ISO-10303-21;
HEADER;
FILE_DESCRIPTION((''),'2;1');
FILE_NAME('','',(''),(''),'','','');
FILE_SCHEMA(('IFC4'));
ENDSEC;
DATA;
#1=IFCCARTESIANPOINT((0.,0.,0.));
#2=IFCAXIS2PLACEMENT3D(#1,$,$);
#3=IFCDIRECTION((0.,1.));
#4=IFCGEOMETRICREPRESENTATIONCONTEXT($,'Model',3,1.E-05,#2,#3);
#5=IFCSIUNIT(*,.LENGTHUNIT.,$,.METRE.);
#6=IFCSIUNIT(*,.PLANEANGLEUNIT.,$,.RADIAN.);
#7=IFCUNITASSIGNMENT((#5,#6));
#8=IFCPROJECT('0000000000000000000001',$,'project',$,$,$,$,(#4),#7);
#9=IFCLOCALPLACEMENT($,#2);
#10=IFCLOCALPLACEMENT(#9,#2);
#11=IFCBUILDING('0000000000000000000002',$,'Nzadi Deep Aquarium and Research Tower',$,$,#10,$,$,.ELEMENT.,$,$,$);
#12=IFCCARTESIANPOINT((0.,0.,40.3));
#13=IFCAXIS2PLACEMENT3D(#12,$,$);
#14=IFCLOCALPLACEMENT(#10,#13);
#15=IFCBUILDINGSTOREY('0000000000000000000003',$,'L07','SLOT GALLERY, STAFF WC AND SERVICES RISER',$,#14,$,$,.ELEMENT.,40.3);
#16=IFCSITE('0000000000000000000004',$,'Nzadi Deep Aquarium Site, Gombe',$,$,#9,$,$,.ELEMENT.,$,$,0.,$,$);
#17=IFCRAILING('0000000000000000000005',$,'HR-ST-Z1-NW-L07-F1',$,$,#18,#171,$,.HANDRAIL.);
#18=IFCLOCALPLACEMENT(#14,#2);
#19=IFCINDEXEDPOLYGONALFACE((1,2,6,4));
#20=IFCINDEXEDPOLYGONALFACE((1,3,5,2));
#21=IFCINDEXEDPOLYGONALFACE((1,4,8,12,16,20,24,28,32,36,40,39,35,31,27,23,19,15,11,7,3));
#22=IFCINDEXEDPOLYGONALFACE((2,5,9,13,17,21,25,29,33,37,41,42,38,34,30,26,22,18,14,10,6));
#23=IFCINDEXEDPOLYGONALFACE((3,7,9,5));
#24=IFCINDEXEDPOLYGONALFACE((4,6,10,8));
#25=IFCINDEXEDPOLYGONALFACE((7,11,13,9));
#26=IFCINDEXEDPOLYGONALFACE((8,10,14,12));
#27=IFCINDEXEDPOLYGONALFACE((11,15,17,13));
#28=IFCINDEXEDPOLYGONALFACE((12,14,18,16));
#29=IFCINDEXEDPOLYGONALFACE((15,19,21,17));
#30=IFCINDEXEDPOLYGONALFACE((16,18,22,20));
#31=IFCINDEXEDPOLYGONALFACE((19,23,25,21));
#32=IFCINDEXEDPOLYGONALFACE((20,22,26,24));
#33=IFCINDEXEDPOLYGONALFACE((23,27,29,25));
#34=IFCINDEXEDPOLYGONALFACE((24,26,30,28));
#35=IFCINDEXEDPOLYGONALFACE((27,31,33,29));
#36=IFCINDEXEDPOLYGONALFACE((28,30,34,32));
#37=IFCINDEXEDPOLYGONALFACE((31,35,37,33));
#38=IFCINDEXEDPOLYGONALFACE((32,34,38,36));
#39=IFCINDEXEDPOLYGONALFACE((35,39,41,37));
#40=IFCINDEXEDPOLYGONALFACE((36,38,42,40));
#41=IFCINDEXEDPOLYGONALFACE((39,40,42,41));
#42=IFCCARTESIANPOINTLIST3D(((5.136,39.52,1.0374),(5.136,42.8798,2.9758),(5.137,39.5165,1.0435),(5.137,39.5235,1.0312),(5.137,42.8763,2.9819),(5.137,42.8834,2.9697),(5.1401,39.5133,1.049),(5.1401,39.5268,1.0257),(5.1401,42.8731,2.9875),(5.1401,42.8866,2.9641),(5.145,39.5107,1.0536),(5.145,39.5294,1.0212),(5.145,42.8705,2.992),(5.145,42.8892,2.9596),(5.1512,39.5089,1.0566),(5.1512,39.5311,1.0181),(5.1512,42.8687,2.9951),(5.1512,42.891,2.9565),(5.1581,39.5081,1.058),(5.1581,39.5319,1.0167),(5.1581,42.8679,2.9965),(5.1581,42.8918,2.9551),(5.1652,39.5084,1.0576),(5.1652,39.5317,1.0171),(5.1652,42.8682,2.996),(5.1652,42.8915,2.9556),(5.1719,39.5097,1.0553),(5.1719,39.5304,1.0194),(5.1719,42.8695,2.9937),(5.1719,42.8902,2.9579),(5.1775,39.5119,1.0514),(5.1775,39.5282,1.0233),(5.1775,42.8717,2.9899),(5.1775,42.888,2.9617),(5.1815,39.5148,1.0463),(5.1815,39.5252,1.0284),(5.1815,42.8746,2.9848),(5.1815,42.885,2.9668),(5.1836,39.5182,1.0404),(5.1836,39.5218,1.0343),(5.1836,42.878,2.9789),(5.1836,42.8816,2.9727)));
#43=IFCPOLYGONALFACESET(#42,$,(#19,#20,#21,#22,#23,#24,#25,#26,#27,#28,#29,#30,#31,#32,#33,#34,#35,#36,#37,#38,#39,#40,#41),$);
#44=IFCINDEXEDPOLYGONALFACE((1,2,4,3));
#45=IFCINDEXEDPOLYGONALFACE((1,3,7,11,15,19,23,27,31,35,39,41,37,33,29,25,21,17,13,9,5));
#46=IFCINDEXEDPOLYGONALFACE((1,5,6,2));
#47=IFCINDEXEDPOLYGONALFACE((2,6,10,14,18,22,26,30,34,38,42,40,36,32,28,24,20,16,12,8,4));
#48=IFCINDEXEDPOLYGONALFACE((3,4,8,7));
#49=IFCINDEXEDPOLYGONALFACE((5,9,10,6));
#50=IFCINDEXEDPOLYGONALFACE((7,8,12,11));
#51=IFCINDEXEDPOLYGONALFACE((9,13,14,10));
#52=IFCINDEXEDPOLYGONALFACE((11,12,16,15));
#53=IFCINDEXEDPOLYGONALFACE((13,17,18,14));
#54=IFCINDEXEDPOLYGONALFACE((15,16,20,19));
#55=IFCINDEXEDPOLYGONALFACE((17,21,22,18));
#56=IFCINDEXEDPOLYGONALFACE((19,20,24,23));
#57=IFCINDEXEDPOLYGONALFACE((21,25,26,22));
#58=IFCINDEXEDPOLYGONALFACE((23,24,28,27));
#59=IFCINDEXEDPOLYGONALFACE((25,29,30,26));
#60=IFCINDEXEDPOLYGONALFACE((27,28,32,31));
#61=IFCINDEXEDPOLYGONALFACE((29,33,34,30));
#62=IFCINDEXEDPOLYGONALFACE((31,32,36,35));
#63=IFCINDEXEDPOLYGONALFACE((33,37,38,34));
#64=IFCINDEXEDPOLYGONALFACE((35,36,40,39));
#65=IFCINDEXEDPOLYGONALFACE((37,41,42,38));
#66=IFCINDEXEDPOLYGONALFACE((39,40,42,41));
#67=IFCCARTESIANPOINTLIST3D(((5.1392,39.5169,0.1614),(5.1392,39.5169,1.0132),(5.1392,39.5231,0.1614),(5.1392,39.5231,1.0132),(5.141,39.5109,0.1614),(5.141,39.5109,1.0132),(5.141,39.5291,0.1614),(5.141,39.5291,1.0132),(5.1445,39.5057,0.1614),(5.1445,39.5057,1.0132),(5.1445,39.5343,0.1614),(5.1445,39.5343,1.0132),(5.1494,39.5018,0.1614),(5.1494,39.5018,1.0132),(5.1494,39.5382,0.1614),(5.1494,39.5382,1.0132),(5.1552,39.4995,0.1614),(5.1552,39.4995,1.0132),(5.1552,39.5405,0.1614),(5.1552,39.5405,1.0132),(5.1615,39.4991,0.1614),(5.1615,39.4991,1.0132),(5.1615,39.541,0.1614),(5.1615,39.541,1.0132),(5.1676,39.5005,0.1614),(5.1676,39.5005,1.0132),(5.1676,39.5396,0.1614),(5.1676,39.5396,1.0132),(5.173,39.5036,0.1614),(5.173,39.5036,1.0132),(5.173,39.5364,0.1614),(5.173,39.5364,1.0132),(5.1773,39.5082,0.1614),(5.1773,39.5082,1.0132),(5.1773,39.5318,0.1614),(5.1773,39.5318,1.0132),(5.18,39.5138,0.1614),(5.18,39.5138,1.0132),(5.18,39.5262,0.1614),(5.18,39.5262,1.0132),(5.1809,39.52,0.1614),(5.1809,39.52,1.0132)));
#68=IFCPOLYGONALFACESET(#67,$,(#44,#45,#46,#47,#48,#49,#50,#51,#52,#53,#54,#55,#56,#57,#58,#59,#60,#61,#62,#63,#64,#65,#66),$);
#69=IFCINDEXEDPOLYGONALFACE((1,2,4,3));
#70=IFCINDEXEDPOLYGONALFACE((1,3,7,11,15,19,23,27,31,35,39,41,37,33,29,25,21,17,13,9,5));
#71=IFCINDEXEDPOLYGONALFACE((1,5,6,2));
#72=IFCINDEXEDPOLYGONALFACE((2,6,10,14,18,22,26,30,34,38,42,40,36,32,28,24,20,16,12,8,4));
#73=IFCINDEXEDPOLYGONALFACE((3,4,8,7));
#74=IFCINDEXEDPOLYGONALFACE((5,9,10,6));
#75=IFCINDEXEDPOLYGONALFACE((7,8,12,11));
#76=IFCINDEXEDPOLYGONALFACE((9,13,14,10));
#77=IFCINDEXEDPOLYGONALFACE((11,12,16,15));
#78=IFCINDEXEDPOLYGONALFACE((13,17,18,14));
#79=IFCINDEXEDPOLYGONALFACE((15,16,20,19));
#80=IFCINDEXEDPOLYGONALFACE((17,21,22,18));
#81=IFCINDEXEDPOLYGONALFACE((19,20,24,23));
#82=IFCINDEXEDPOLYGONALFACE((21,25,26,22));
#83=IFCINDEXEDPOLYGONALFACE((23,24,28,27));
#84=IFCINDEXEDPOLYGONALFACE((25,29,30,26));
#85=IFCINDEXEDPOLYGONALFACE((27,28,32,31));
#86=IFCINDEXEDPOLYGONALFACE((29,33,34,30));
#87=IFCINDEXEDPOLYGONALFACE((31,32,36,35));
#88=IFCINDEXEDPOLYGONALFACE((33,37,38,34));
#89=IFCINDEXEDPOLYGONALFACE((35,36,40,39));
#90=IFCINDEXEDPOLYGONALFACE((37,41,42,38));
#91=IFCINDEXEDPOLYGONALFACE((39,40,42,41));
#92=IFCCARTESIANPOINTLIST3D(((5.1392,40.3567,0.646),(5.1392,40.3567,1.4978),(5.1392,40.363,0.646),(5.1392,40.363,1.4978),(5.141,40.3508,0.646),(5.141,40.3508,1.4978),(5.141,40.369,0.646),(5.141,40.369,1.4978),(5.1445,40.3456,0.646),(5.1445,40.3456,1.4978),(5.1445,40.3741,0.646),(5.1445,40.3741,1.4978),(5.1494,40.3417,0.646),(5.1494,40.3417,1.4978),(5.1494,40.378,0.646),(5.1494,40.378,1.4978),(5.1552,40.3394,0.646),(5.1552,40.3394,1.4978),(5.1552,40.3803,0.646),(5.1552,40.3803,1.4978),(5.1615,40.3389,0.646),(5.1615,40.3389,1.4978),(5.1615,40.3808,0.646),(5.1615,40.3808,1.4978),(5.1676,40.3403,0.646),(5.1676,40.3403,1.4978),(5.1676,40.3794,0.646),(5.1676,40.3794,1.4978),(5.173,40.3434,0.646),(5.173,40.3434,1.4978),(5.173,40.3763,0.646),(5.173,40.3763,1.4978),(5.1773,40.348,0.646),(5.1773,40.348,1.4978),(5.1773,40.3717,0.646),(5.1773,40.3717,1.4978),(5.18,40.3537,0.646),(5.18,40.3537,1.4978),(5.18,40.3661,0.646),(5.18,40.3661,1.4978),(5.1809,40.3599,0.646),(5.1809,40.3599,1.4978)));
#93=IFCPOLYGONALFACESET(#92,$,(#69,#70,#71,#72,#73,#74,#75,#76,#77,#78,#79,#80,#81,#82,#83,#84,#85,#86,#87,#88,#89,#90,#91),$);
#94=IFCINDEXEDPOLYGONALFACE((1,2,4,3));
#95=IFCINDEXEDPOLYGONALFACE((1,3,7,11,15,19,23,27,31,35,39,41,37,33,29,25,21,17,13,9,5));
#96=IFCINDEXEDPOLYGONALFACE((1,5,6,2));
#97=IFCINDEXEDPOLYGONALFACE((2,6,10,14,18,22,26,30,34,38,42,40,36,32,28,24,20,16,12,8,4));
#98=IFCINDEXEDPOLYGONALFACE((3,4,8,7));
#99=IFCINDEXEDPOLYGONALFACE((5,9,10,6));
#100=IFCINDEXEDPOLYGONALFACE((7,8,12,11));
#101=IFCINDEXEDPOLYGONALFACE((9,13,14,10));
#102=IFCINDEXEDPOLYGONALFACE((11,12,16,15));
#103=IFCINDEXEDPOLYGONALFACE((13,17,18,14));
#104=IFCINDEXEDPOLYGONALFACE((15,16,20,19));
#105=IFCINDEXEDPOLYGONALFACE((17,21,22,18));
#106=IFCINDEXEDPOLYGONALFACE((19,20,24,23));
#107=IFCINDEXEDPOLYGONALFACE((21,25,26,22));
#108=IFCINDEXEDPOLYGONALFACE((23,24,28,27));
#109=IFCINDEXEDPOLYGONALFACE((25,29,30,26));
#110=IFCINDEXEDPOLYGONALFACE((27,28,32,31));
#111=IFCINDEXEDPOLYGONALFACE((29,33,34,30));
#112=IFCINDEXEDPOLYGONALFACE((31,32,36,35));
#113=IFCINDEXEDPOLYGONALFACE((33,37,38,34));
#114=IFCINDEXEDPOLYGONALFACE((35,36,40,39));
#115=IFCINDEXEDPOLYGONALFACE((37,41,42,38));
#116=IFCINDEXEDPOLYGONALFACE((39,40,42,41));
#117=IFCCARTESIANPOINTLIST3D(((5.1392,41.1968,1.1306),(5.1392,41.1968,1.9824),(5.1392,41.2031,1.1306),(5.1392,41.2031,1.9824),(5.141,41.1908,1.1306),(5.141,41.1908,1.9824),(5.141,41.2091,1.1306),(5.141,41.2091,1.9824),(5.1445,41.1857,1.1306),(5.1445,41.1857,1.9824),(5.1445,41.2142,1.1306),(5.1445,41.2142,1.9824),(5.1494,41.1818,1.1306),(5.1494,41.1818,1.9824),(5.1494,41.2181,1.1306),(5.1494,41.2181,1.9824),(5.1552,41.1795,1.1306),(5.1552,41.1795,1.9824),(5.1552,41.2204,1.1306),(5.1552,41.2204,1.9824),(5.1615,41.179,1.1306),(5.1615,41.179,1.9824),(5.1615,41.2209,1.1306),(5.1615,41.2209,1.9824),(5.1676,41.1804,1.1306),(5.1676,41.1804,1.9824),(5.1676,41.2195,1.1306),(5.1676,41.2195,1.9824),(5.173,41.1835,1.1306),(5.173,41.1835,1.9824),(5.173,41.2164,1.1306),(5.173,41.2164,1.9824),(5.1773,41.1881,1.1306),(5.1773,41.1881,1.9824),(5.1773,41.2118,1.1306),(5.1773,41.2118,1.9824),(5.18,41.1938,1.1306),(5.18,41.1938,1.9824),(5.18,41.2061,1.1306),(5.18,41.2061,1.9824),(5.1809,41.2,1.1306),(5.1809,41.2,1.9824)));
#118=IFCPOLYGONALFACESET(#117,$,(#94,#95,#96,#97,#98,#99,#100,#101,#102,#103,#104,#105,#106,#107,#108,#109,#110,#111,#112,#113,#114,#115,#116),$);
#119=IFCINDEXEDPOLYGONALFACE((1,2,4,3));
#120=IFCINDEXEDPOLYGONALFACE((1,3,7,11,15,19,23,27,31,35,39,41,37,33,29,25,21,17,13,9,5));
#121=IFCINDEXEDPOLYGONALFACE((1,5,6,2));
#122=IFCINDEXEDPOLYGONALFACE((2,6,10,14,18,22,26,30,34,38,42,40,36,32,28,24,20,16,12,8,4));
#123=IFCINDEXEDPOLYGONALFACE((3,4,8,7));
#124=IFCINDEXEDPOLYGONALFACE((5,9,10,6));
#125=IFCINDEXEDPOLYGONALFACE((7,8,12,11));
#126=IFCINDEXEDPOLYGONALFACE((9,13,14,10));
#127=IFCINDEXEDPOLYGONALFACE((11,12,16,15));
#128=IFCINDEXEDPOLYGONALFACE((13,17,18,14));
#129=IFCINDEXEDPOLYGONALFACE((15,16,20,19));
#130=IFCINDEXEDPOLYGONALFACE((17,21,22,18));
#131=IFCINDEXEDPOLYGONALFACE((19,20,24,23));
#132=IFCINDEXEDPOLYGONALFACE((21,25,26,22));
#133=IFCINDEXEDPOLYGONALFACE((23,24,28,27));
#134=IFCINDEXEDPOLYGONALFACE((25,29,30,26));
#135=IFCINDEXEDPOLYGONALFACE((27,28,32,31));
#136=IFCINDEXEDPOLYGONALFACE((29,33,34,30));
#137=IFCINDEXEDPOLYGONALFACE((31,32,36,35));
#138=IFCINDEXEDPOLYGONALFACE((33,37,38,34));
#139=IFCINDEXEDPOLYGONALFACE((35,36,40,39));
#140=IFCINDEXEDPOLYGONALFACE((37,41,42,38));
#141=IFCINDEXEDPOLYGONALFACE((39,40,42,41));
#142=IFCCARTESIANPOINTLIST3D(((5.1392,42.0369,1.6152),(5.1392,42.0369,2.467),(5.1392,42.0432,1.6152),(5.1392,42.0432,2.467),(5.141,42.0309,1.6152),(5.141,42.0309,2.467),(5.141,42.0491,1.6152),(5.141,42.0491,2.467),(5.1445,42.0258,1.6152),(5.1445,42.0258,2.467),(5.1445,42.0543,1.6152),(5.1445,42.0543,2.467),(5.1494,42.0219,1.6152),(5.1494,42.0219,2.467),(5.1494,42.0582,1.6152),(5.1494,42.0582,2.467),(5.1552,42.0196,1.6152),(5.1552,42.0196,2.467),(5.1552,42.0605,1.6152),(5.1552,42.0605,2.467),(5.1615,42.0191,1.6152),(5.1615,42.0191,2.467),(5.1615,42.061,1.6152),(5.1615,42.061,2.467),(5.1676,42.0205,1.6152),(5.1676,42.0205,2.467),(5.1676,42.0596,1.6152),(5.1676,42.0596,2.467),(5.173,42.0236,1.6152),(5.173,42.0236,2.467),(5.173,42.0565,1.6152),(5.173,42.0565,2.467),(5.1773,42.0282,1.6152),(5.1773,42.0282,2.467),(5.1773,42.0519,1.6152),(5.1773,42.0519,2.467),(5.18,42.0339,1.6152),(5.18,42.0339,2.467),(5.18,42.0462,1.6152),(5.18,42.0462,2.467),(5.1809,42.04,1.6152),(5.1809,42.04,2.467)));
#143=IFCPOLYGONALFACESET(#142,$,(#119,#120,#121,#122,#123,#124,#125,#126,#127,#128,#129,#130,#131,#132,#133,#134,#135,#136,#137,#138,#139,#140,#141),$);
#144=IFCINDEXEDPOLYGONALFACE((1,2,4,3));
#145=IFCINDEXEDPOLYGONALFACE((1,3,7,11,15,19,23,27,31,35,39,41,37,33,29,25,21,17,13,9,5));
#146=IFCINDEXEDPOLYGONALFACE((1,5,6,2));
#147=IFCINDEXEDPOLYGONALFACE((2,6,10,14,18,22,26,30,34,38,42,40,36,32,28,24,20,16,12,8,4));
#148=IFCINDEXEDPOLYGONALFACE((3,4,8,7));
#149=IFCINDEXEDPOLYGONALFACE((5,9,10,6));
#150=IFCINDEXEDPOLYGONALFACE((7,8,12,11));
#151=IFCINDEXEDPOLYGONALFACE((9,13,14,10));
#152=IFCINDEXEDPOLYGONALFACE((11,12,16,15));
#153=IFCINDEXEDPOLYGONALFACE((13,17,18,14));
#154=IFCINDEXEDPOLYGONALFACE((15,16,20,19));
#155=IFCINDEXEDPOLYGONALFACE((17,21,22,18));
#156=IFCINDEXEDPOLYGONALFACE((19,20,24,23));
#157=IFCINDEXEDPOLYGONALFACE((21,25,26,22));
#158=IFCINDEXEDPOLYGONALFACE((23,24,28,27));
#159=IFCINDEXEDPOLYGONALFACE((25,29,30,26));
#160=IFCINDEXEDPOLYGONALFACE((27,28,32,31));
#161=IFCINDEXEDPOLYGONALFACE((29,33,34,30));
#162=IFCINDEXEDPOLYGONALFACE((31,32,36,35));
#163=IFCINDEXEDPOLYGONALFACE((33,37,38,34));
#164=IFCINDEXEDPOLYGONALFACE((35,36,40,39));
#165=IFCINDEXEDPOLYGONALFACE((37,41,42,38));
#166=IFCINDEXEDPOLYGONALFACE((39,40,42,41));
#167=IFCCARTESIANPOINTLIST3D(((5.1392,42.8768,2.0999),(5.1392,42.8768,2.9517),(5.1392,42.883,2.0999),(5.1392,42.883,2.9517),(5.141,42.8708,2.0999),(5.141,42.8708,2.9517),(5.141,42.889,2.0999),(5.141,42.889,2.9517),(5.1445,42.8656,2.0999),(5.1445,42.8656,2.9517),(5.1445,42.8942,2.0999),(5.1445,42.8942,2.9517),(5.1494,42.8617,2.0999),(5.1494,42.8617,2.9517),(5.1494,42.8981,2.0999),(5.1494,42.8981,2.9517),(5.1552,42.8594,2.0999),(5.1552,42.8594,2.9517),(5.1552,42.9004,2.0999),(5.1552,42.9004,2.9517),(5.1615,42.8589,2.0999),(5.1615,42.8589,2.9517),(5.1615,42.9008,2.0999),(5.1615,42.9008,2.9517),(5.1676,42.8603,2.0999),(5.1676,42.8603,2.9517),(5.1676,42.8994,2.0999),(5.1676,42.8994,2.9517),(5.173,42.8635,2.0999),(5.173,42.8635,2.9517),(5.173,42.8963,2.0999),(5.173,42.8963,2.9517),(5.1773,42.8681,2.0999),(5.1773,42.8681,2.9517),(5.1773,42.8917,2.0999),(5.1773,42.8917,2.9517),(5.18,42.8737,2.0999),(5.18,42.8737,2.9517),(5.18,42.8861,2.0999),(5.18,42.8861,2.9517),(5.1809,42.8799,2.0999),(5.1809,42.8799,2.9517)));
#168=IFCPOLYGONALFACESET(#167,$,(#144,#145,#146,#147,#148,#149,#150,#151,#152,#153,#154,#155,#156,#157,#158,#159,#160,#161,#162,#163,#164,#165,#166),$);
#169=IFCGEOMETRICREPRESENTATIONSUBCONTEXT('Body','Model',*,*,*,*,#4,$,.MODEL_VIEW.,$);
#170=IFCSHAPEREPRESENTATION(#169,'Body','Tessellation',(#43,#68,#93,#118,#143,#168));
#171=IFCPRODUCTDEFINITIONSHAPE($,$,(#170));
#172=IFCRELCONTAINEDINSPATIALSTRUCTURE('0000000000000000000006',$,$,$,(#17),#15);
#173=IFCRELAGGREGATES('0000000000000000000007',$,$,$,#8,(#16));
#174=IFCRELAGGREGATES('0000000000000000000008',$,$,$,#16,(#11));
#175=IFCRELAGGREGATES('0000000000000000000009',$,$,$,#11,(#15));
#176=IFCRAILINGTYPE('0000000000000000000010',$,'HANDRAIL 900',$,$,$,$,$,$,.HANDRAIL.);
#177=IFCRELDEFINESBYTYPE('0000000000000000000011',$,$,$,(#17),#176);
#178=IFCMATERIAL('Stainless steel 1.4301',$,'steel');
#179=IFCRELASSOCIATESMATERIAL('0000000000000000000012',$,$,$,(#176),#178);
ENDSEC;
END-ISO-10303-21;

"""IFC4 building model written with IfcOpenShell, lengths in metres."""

from ifc_helpers import new_model, si_unit, direction, frame, origin, origin_2d, place, context, subcontext, project, spatial, circle, extrude, material, type_object, element, save


model = new_model("IFC4")

# Units and contexts
model_context = context("Model", 3, precision=1e-05, world=origin(), true_north=direction((0.0, 1.0)))
body_context = subcontext(model_context, "Body", "Model", "MODEL_VIEW")
ifc_project = project(units=[si_unit("LENGTHUNIT", "METRE"), si_unit("PLANEANGLEUNIT", "RADIAN")], contexts=[model_context])

# Site, building, storey
site_placement = place(None, origin())
site = spatial("IfcSite", under=ifc_project, at=site_placement, Name="Nzadi Deep Aquarium Site, Gombe", CompositionType="ELEMENT", RefElevation=0.0)
building_placement = place(site_placement, origin())
building = spatial("IfcBuilding", under=site, at=building_placement, Name="Nzadi Deep Aquarium and Research Tower", CompositionType="ELEMENT")
storey_placement = place(building_placement, frame((0.0, 0.0, 40.3)))
storey = spatial("IfcBuildingStorey", under=building, at=storey_placement, Name="L07", Description="SLOT GALLERY, STAFF WC AND SERVICES RISER", CompositionType="ELEMENT", Elevation=40.3)

# Railing
ifc_material_1 = material(Name="Stainless steel 1.4301", Category="steel")
railing_type = type_object("IfcRailingType", Name="HANDRAIL 900", PredefinedType="HANDRAIL", material=ifc_material_1)
for number, where, name in (
    (1, (5.1599, 39.52, 0.1614), "HR-ST-Z1-NW-L07-F1"),
):
    element("IfcRailing", number, at=place(storey_placement, frame(where)), inside=storey, type_object=railing_type, Name=name, PredefinedType="HANDRAIL", context=body_context, shape_type="SweptSolid", body=[
        extrude(circle(Radius=0.0239, at=origin_2d()), frame((0.0, 0.0, 0.876), z_axis=(0.0, 0.866175, 0.499741), x_axis=(-1.0, 0.0, 0.0)), (0.0, 0.0, 1.0), 3.8789),
        extrude(circle(Radius=0.021, at=origin_2d()), origin(), (0.0, 0.0, 1.0), 0.8518),
        extrude(circle(Radius=0.021, at=origin_2d()), frame((0.0, 0.8398, 0.4846)), (0.0, 0.0, 1.0), 0.8518),
        extrude(circle(Radius=0.021, at=origin_2d()), frame((0.0, 1.6799, 0.9692)), (0.0, 0.0, 1.0), 0.8518),
        extrude(circle(Radius=0.021, at=origin_2d()), frame((0.0, 2.52, 1.4539)), (0.0, 0.0, 1.0), 0.8518),
        extrude(circle(Radius=0.021, at=origin_2d()), frame((0.0, 3.3599, 1.9385)), (0.0, 0.0, 1.0), 0.8518),
    ])

save(model, "model.ifc")
